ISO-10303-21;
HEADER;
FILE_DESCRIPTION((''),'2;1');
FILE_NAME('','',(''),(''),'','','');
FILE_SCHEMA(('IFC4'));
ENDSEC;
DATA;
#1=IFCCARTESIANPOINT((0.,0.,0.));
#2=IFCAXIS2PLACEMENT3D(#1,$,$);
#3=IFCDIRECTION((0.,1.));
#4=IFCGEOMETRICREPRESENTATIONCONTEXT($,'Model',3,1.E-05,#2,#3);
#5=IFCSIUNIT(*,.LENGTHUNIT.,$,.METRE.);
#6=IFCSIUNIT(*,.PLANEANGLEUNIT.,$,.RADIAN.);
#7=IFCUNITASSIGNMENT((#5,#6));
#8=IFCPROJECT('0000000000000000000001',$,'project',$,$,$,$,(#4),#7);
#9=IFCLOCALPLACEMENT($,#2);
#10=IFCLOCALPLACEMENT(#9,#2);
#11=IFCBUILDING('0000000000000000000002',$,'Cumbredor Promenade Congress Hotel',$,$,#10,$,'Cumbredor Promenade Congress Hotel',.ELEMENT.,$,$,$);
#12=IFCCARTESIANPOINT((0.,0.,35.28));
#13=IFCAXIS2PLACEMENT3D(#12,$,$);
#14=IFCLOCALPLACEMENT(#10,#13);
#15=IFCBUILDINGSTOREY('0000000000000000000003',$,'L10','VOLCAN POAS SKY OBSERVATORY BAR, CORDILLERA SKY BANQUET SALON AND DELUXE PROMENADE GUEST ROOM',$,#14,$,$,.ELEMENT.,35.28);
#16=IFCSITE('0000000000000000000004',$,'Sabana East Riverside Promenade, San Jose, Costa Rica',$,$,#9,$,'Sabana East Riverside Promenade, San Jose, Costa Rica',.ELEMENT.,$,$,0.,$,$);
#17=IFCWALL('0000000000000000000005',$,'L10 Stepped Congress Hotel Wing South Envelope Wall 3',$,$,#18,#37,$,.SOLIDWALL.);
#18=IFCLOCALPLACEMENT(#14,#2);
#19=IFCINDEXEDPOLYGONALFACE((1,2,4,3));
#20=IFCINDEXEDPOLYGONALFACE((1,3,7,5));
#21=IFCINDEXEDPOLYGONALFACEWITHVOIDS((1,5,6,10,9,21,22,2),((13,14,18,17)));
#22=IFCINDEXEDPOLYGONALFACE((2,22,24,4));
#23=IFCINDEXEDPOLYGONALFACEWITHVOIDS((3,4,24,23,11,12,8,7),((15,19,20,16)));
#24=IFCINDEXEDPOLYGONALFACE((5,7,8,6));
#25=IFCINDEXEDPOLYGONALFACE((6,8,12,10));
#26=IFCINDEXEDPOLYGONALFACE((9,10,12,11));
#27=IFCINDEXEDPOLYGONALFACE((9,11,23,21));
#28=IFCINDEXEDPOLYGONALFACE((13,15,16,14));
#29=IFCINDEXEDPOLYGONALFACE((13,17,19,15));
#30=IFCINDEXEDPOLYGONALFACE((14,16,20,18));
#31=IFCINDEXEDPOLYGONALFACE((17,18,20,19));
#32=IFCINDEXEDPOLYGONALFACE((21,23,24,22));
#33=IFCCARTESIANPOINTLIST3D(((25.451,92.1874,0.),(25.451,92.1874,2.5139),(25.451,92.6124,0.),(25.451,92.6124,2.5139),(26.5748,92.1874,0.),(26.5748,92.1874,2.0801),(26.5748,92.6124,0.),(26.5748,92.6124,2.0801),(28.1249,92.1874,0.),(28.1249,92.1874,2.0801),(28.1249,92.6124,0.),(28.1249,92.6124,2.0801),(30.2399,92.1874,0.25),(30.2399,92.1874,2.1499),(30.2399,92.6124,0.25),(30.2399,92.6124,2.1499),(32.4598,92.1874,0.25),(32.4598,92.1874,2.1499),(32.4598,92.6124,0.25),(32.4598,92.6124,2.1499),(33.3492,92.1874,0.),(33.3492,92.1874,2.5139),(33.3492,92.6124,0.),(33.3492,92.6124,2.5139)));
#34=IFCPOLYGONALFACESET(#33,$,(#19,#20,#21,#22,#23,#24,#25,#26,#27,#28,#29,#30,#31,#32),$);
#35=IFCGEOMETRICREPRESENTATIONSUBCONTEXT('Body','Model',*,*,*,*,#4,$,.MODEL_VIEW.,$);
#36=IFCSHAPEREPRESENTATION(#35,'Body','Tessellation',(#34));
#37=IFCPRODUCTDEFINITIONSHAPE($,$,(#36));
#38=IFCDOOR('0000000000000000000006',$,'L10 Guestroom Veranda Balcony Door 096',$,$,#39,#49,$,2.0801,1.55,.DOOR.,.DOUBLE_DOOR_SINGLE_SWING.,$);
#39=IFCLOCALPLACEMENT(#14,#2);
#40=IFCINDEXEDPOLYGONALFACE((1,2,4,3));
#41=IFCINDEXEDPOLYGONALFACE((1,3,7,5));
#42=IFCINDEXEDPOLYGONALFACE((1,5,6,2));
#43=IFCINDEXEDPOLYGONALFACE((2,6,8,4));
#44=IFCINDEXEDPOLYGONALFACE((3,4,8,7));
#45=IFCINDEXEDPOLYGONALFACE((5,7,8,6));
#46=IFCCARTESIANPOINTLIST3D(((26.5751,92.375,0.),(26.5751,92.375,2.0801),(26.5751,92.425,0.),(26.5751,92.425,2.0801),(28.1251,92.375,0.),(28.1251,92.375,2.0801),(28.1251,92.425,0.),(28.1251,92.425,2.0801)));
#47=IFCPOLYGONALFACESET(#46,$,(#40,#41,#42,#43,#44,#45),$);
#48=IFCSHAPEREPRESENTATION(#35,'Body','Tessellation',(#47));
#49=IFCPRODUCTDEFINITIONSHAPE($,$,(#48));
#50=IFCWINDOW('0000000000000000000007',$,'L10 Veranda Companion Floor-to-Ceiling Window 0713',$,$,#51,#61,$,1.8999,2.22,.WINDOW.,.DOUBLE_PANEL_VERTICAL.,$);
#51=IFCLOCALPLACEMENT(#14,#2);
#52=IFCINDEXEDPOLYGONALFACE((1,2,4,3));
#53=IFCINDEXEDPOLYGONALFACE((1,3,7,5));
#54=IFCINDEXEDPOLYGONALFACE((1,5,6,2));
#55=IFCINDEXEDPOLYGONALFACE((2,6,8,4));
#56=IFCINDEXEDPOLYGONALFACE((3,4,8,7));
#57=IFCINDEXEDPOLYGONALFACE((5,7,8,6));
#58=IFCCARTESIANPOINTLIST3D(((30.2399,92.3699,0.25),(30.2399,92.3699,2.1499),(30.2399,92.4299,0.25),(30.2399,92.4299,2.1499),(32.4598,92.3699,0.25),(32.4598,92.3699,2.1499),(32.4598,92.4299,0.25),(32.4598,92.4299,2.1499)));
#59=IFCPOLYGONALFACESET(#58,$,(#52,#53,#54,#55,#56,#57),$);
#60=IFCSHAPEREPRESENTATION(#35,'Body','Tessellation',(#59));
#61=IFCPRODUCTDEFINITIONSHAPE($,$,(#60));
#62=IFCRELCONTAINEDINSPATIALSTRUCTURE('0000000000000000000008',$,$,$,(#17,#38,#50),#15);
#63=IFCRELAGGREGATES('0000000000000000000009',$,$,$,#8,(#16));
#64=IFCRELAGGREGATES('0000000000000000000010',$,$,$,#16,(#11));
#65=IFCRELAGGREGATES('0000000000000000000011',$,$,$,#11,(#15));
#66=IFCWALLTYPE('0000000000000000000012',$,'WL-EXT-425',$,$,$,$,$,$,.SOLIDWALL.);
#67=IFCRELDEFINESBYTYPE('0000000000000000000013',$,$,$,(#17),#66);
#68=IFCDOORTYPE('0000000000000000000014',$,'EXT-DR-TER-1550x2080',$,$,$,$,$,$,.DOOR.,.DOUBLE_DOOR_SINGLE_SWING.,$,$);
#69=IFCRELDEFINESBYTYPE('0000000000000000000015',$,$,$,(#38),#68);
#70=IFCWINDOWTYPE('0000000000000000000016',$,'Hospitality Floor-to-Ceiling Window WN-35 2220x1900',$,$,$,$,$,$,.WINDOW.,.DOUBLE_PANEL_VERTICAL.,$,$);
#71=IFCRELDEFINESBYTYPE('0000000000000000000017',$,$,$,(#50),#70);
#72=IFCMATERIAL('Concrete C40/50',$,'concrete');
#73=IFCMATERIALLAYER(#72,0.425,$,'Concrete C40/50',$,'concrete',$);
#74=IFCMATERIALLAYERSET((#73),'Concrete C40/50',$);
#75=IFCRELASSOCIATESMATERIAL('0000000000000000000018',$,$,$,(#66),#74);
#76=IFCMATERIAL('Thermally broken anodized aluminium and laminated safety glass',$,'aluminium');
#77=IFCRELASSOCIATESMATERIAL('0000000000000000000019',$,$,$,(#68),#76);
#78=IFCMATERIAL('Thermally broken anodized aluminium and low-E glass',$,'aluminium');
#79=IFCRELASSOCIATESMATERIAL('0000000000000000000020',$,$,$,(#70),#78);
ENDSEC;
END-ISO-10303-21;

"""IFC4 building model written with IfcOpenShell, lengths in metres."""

from ifc_helpers import new_model, si_unit, direction, frame, frame_2d, origin, place, context, subcontext, project, spatial, rectangle, extrude, material, layer, layer_set, type_object, element, fill, save


model = new_model("IFC4")

# Units and contexts
model_context = context("Model", 3, precision=1e-05, world=origin(), true_north=direction((0.0, 1.0)))
body_context = subcontext(model_context, "Body", "Model", "MODEL_VIEW")
ifc_project = project(units=[si_unit("LENGTHUNIT", "METRE"), si_unit("PLANEANGLEUNIT", "RADIAN")], contexts=[model_context])

# Site, building, storey
site_placement = place(None, origin())
site = spatial("IfcSite", under=ifc_project, at=site_placement, Name="Sabana East Riverside Promenade, San Jose, Costa Rica", LongName="Sabana East Riverside Promenade, San Jose, Costa Rica", CompositionType="ELEMENT", RefElevation=0.0)
building_placement = place(site_placement, origin())
building = spatial("IfcBuilding", under=site, at=building_placement, Name="Cumbredor Promenade Congress Hotel", LongName="Cumbredor Promenade Congress Hotel", CompositionType="ELEMENT")
storey_placement = place(building_placement, frame((0.0, 0.0, 35.28)))
storey = spatial("IfcBuildingStorey", under=building, at=storey_placement, Name="L10", Description="VOLCAN POAS SKY OBSERVATORY BAR, CORDILLERA SKY BANQUET SALON AND DELUXE PROMENADE GUEST ROOM", CompositionType="ELEMENT", Elevation=35.28)

# Shared definitions
ifc_material_1 = material(Name="Concrete C40/50", Category="concrete")

# Shared definitions
ifc_material_2 = material(Name="Thermally broken anodized aluminium and low-E glass", Category="aluminium")

# Wall, openings, door, window
ifc_layer_1 = layer(ifc_material_1, 0.425, Name="Concrete C40/50", Category="concrete")
ifc_layer_set_1 = layer_set([ifc_layer_1], Name="Concrete C40/50")
wall_type_1 = type_object("IfcWallType", Name="WL-EXT-425", PredefinedType="SOLIDWALL", material=ifc_layer_set_1)
wall_1_placement = place(storey_placement, frame((25.4509, 92.3999, 0.0), z_axis=(0.0, 0.0, 1.0), x_axis=(1.0, 0.0, 0.0)))
wall_1 = element("IfcWall", 1, at=wall_1_placement, inside=storey, type_object=wall_type_1, Name="L10 Stepped Congress Hotel Wing South Envelope Wall 3", PredefinedType="SOLIDWALL", context=body_context, shape_type="SweptSolid", body=[
    extrude(rectangle(XDim=7.8982, YDim=0.425, at=frame_2d((3.9492, 0.0))), origin(), (0.0, 0.0, 1.0), 2.5139),
])
opening_1_placement = place(wall_1_placement, frame((1.124, 0.0, 0.0)))
opening_1 = element("IfcOpeningElement", 2, at=opening_1_placement, cuts=wall_1, PredefinedType="OPENING", context=body_context, shape_type="SweptSolid", body=[
    extrude(rectangle(XDim=1.55, YDim=2.0801, at=frame_2d((0.7749, 1.04))), frame((0.0, 0.2227, 0.0), z_axis=(0.0, -1.0, 0.0), x_axis=(1.0, 0.0, 0.0)), (0.0, 0.0, 1.0), 0.4451),
])
opening_2_placement = place(wall_1_placement, frame((4.7891, 0.0, 0.25)))
opening_2 = element("IfcOpeningElement", 3, at=opening_2_placement, cuts=wall_1, PredefinedType="OPENING", context=body_context, shape_type="SweptSolid", body=[
    extrude(rectangle(XDim=2.22, YDim=1.8999, at=frame_2d((1.1099, 0.95))), frame((0.0, 0.2227, 0.0), z_axis=(0.0, -1.0, 0.0), x_axis=(1.0, 0.0, 0.0)), (0.0, 0.0, 1.0), 0.4451),
])
ifc_material_3 = material(Name="Thermally broken anodized aluminium and laminated safety glass", Category="aluminium")
door_type = type_object("IfcDoorType", Name="EXT-DR-TER-1550x2080", OperationType="DOUBLE_DOOR_SINGLE_SWING", PredefinedType="DOOR", material=ifc_material_3)
door_placement = place(opening_1_placement, frame((1.55, 0.0, 0.0), z_axis=(0.0, 0.0, 1.0), x_axis=(-1.0, 0.0, 0.0)))
door = element("IfcDoor", 4, at=door_placement, inside=storey, type_object=door_type, Name="L10 Guestroom Veranda Balcony Door 096", OperationType="DOUBLE_DOOR_SINGLE_SWING", OverallHeight=2.0801, OverallWidth=1.55, PredefinedType="DOOR", context=body_context, shape_type="SweptSolid", body=[
    extrude(rectangle(XDim=1.55, YDim=2.0801, at=frame_2d((0.7749, 1.04))), frame((0.0, 0.0249, 0.0), z_axis=(0.0, -1.0, 0.0), x_axis=(1.0, 0.0, 0.0)), (0.0, 0.0, 1.0), 0.05),
])
fill(opening_1, door)
window_type_1 = type_object("IfcWindowType", Name="Hospitality Floor-to-Ceiling Window WN-35 2220x1900", PartitioningType="DOUBLE_PANEL_VERTICAL", PredefinedType="WINDOW", material=ifc_material_2)
window_1_placement = place(opening_2_placement, origin())
window_1 = element("IfcWindow", 5, at=window_1_placement, inside=storey, type_object=window_type_1, Name="L10 Veranda Companion Floor-to-Ceiling Window 0713", OverallHeight=1.8999, OverallWidth=2.22, PartitioningType="DOUBLE_PANEL_VERTICAL", PredefinedType="WINDOW", context=body_context, shape_type="SweptSolid", body=[
    extrude(rectangle(XDim=2.22, YDim=1.8999, at=frame_2d((1.1099, 0.95))), frame((0.0, 0.03, 0.0), z_axis=(0.0, -1.0, 0.0), x_axis=(1.0, 0.0, 0.0)), (0.0, 0.0, 1.0), 0.0601),
])
fill(opening_2, window_1)

save(model, "model.ifc")
